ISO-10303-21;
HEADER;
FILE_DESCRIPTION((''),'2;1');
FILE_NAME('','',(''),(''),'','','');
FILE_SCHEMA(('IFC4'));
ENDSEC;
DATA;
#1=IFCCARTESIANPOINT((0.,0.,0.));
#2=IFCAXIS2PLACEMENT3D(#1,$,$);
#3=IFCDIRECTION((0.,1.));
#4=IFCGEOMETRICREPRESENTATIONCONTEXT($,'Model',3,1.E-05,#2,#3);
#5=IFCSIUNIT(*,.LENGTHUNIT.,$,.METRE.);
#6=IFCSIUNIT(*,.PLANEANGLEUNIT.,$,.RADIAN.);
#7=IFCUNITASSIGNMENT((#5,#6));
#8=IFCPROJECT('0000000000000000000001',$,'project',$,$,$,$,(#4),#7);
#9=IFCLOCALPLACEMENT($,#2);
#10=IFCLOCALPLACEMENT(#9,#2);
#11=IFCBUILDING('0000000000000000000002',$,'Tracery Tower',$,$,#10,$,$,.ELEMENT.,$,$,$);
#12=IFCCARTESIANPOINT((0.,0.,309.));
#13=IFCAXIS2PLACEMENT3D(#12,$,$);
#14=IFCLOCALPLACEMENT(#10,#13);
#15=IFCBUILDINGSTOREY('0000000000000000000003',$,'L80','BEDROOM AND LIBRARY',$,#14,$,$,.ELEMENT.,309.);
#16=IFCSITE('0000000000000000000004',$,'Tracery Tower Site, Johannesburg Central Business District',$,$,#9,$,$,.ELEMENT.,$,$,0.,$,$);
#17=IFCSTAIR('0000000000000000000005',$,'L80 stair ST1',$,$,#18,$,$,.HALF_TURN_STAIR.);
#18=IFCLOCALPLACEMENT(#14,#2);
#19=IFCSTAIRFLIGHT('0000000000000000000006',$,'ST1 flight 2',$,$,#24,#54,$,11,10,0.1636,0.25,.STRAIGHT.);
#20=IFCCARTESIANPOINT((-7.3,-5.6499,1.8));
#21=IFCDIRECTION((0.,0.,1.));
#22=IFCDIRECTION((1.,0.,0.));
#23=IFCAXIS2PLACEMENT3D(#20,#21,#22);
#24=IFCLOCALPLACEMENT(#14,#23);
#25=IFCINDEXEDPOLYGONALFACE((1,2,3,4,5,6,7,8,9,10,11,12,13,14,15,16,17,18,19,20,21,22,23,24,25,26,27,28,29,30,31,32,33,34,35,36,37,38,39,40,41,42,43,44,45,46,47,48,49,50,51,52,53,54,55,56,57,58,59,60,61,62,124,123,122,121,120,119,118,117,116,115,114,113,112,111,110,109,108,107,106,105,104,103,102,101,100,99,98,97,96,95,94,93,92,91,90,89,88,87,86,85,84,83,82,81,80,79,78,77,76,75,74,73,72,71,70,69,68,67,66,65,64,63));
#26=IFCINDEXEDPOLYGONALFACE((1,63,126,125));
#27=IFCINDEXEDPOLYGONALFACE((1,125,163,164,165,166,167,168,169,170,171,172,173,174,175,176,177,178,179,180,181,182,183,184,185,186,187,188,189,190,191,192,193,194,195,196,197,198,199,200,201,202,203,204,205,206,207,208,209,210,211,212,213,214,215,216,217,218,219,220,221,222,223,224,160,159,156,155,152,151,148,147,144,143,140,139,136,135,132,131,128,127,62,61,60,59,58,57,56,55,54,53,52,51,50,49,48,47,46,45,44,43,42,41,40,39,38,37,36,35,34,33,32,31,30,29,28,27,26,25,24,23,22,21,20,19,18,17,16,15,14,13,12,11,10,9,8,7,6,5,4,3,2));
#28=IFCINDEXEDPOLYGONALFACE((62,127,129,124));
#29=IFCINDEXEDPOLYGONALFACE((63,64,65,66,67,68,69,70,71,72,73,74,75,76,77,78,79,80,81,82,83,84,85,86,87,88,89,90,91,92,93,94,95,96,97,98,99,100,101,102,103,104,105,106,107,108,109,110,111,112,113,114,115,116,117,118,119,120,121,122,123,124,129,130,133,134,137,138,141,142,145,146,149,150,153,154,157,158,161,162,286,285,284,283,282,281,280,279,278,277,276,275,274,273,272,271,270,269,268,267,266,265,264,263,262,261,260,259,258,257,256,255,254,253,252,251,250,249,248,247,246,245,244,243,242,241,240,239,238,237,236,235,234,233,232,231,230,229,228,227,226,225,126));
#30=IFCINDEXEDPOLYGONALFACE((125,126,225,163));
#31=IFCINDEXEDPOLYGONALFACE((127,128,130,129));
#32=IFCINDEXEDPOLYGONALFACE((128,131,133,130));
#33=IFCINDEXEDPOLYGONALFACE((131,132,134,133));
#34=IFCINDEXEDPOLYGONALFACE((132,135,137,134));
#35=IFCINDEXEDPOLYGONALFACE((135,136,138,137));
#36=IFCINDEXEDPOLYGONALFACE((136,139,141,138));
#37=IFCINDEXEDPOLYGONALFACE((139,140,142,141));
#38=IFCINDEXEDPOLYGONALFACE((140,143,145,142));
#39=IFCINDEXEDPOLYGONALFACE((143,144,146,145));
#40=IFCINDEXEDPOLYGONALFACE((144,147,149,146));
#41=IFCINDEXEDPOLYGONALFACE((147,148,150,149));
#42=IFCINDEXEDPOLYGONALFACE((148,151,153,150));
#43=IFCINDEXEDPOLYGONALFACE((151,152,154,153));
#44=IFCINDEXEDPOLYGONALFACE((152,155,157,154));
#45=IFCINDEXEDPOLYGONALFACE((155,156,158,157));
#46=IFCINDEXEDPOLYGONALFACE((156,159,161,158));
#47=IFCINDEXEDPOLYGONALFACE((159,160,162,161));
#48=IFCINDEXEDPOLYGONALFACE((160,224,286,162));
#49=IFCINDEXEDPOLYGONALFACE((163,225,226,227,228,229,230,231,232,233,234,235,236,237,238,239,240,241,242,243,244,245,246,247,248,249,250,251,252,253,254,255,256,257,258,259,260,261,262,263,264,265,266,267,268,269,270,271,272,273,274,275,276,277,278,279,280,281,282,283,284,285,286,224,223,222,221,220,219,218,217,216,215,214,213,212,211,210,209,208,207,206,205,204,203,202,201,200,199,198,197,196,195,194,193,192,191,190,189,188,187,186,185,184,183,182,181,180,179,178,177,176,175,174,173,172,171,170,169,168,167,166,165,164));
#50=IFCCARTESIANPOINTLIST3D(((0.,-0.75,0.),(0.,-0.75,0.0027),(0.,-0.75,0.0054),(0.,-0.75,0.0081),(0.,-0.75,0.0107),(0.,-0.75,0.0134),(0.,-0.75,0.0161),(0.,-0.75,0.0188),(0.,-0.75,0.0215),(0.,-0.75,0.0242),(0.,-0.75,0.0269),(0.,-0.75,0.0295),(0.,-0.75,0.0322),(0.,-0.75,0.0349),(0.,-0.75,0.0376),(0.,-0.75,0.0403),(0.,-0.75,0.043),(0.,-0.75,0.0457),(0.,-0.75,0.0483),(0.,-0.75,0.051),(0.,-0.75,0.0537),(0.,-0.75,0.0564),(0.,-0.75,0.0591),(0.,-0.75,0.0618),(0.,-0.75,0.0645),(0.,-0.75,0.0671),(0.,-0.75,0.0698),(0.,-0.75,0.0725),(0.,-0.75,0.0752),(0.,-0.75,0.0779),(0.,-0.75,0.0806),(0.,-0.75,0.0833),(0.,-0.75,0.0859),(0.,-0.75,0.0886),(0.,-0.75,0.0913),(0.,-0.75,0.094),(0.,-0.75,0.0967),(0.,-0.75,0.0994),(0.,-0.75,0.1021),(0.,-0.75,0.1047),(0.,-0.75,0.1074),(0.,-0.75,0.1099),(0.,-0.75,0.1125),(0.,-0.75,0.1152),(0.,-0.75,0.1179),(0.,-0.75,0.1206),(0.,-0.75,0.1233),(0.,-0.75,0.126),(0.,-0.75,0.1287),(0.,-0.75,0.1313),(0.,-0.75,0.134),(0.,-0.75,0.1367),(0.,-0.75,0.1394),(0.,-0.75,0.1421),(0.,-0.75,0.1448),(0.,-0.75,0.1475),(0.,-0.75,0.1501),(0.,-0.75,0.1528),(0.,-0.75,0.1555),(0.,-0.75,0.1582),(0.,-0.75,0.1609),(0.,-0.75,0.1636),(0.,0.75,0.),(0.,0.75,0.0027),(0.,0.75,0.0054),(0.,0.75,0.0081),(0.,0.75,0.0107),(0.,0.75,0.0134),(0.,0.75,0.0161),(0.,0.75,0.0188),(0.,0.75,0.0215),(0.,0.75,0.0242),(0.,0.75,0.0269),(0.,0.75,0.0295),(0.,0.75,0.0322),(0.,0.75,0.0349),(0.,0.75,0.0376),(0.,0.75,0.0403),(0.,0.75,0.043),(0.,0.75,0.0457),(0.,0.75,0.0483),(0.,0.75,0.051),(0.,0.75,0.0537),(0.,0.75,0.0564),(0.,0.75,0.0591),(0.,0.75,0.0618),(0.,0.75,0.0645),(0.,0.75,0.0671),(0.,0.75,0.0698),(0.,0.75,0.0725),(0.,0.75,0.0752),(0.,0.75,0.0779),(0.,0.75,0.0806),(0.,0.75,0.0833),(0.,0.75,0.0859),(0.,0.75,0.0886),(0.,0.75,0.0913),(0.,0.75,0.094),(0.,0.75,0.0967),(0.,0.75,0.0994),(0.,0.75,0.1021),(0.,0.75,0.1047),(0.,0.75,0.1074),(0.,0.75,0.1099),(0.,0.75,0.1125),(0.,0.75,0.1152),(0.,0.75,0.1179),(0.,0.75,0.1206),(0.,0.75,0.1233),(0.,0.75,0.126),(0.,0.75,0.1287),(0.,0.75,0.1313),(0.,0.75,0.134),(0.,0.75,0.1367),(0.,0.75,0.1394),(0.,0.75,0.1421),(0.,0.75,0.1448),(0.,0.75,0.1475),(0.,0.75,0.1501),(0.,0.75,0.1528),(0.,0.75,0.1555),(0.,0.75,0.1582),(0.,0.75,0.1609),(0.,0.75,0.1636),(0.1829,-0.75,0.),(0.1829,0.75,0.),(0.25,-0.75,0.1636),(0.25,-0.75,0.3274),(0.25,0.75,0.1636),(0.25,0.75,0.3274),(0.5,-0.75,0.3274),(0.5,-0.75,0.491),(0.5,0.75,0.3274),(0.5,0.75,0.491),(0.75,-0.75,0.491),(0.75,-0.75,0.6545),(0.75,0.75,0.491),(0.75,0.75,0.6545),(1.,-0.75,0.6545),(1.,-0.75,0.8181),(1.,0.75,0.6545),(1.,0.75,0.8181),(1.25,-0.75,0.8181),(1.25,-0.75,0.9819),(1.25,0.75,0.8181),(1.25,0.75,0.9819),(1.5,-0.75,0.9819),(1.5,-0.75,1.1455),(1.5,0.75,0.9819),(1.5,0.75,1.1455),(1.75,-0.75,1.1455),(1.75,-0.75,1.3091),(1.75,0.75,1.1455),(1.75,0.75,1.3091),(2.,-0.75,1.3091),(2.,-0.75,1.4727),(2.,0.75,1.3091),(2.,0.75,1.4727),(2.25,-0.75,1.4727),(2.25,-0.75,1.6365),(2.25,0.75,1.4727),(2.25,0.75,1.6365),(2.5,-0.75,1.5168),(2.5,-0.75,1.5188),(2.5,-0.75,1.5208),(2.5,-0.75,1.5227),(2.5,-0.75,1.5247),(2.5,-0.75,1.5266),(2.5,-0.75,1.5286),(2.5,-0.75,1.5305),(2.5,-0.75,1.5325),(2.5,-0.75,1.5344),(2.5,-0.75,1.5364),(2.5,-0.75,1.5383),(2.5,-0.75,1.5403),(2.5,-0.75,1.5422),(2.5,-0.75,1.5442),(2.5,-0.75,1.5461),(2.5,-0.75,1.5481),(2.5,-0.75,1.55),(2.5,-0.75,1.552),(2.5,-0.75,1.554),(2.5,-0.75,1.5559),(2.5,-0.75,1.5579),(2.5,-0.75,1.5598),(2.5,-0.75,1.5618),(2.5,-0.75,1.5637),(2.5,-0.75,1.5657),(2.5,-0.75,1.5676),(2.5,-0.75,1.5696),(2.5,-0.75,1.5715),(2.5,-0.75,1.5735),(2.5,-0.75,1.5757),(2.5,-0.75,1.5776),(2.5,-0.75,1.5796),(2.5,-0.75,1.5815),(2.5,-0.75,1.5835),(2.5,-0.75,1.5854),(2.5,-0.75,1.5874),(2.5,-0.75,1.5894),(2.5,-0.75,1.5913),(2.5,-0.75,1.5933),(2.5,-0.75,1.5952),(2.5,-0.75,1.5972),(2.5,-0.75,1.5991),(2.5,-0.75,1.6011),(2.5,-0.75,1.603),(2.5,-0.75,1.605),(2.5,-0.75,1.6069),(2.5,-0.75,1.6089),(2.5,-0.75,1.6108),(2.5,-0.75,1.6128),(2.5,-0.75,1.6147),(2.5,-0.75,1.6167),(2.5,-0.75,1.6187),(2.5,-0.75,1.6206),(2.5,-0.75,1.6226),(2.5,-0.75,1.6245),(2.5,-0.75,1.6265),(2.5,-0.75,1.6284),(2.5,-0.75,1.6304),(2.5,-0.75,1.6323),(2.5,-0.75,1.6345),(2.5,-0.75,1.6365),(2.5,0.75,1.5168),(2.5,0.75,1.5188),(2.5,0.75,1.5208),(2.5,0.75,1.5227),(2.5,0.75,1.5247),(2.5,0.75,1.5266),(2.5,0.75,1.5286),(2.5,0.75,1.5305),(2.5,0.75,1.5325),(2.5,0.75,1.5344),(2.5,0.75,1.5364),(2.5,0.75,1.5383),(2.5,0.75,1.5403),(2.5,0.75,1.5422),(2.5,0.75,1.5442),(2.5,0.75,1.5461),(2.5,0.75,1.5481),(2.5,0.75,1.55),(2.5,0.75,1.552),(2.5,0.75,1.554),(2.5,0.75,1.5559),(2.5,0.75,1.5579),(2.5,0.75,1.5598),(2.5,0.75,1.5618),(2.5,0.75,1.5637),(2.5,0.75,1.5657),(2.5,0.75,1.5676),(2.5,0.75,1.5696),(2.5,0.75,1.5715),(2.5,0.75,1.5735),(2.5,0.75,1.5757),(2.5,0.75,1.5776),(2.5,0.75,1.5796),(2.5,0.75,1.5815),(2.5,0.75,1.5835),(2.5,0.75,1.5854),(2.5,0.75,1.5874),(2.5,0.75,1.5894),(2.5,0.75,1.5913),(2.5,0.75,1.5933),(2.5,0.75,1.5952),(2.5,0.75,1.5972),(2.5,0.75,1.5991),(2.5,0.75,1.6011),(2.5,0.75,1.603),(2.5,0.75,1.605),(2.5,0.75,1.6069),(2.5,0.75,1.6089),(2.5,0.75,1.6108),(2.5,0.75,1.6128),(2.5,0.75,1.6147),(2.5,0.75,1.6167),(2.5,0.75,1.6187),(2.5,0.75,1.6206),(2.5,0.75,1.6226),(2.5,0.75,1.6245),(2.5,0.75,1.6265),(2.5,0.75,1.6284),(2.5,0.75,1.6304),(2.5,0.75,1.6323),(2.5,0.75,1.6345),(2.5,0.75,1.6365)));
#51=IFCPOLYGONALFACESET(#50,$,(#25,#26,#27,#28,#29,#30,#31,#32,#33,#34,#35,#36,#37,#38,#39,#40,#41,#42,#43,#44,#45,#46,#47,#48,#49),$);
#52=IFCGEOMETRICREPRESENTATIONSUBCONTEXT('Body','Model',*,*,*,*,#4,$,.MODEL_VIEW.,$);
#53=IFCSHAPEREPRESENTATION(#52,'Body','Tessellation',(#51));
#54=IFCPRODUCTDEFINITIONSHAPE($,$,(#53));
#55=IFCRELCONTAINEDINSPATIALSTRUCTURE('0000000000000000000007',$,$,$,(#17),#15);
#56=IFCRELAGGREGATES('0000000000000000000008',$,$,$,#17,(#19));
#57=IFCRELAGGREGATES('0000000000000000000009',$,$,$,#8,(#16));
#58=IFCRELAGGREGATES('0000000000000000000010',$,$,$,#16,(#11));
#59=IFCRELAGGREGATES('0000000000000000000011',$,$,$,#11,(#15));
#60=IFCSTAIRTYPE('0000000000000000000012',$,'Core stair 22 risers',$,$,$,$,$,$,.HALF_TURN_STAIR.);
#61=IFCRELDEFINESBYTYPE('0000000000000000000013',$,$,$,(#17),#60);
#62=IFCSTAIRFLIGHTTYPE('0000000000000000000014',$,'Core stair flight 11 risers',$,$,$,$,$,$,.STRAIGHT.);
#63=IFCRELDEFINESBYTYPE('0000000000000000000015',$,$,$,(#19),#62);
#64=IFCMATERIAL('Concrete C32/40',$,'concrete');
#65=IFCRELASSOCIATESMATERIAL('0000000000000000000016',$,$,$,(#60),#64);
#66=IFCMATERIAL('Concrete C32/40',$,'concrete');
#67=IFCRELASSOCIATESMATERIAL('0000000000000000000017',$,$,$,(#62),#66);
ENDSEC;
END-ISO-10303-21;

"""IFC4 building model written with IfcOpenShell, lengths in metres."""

from ifc_helpers import new_model, si_unit, direction, frame, origin, place, context, subcontext, project, spatial, polyline, outline, extrude, material, type_object, element, aggregate, save


model = new_model("IFC4")

# Units and contexts
model_context = context("Model", 3, precision=1e-05, world=origin(), true_north=direction((0.0, 1.0)))
body_context = subcontext(model_context, "Body", "Model", "MODEL_VIEW")
ifc_project = project(units=[si_unit("LENGTHUNIT", "METRE"), si_unit("PLANEANGLEUNIT", "RADIAN")], contexts=[model_context])

# Site, building, storey
site_placement = place(None, origin())
site = spatial("IfcSite", under=ifc_project, at=site_placement, Name="Tracery Tower Site, Johannesburg Central Business District", CompositionType="ELEMENT", RefElevation=0.0)
building_placement = place(site_placement, origin())
building = spatial("IfcBuilding", under=site, at=building_placement, Name="Tracery Tower", CompositionType="ELEMENT")
storey_placement = place(building_placement, frame((0.0, 0.0, 309.0)))
storey = spatial("IfcBuildingStorey", under=building, at=storey_placement, Name="L80", Description="BEDROOM AND LIBRARY", CompositionType="ELEMENT", Elevation=309.0)

# Stair, stair flight
ifc_material_1 = material(Name="Concrete C32/40", Category="concrete")
stair_type = type_object("IfcStairType", Name="Core stair 22 risers", PredefinedType="HALF_TURN_STAIR", material=ifc_material_1)
stair_placement = place(storey_placement, origin())
stair = element("IfcStair", 1, at=stair_placement, inside=storey, type_object=stair_type, Name="L80 stair ST1", PredefinedType="HALF_TURN_STAIR")
ifc_material_2 = material(Name="Concrete C32/40", Category="concrete")
stair_flight_type = type_object("IfcStairFlightType", Name="Core stair flight 11 risers", PredefinedType="STRAIGHT", material=ifc_material_2)
stair_flight_1_placement = place(storey_placement, frame((-7.3, -5.6499, 1.8), z_axis=(0.0, 0.0, 1.0), x_axis=(1.0, 0.0, 0.0)))
stair_flight_1 = element("IfcStairFlight", 2, at=stair_flight_1_placement, type_object=stair_flight_type, Name="ST1 flight 2", NumberOfRisers=11, NumberOfTreads=10, PredefinedType="STRAIGHT", RiserHeight=0.1636, TreadLength=0.25, context=body_context, shape_type="SweptSolid", body=[
    extrude(outline(polyline([(0.0, 0.0), (0.0, 0.0027), (0.0, 0.0054), (0.0, 0.0081), (0.0, 0.0107), (0.0, 0.0134), (0.0, 0.0161), (0.0, 0.0188), (0.0, 0.0215), (0.0, 0.0242), (0.0, 0.0269), (0.0, 0.0295), (0.0, 0.0322), (0.0, 0.0349), (0.0, 0.0376), (0.0, 0.0403), (0.0, 0.043), (0.0, 0.0457), (0.0, 0.0483), (0.0, 0.051), (0.0, 0.0537), (0.0, 0.0564), (0.0, 0.0591), (0.0, 0.0618), (0.0, 0.0645), (0.0, 0.0671), (0.0, 0.0698), (0.0, 0.0725), (0.0, 0.0752), (0.0, 0.0779), (0.0, 0.0806), (0.0, 0.0833), (0.0, 0.0859), (0.0, 0.0886), (0.0, 0.0913), (0.0, 0.094), (0.0, 0.0967), (0.0, 0.0994), (0.0, 0.1021), (0.0, 0.1047), (0.0, 0.1074), (0.0, 0.1099), (0.0, 0.1125), (0.0, 0.1152), (0.0, 0.1179), (0.0, 0.1206), (0.0, 0.1233), (0.0, 0.126), (0.0, 0.1287), (0.0, 0.1313), (0.0, 0.134), (0.0, 0.1367), (0.0, 0.1394), (0.0, 0.1421), (0.0, 0.1448), (0.0, 0.1475), (0.0, 0.1501), (0.0, 0.1528), (0.0, 0.1555), (0.0, 0.1582), (0.0, 0.1609), (0.0, 0.1636), (0.25, 0.1636), (0.25, 0.3274), (0.5, 0.3274), (0.5, 0.491), (0.75, 0.491), (0.75, 0.6545), (1.0, 0.6545), (1.0, 0.8181), (1.25, 0.8181), (1.25, 0.9819), (1.5, 0.9819), (1.5, 1.1455), (1.75, 1.1455), (1.75, 1.3091), (2.0, 1.3091), (2.0, 1.4727), (2.25, 1.4727), (2.25, 1.6365), (2.5, 1.6365), (2.5, 1.6345), (2.5, 1.6323), (2.5, 1.6304), (2.5, 1.6284), (2.5, 1.6265), (2.5, 1.6245), (2.5, 1.6226), (2.5, 1.6206), (2.5, 1.6187), (2.5, 1.6167), (2.5, 1.6147), (2.5, 1.6128), (2.5, 1.6108), (2.5, 1.6089), (2.5, 1.6069), (2.5, 1.605), (2.5, 1.603), (2.5, 1.6011), (2.5, 1.5991), (2.5, 1.5972), (2.5, 1.5952), (2.5, 1.5933), (2.5, 1.5913), (2.5, 1.5894), (2.5, 1.5874), (2.5, 1.5854), (2.5, 1.5835), (2.5, 1.5815), (2.5, 1.5796), (2.5, 1.5776), (2.5, 1.5757), (2.5, 1.5735), (2.5, 1.5715), (2.5, 1.5696), (2.5, 1.5676), (2.5, 1.5657), (2.5, 1.5637), (2.5, 1.5618), (2.5, 1.5598), (2.5, 1.5579), (2.5, 1.5559), (2.5, 1.554), (2.5, 1.552), (2.5, 1.55), (2.5, 1.5481), (2.5, 1.5461), (2.5, 1.5442), (2.5, 1.5422), (2.5, 1.5403), (2.5, 1.5383), (2.5, 1.5364), (2.5, 1.5344), (2.5, 1.5325), (2.5, 1.5305), (2.5, 1.5286), (2.5, 1.5266), (2.5, 1.5247), (2.5, 1.5227), (2.5, 1.5208), (2.5, 1.5188), (2.5, 1.5168), (0.1829, 0.0), (0.0, 0.0)])), frame((0.0, 0.75, 0.0), z_axis=(0.0, -1.0, 0.0), x_axis=(1.0, 0.0, 0.0)), (0.0, 0.0, 1.0), 1.5),
])
aggregate(stair, [stair_flight_1])

save(model, "model.ifc")
